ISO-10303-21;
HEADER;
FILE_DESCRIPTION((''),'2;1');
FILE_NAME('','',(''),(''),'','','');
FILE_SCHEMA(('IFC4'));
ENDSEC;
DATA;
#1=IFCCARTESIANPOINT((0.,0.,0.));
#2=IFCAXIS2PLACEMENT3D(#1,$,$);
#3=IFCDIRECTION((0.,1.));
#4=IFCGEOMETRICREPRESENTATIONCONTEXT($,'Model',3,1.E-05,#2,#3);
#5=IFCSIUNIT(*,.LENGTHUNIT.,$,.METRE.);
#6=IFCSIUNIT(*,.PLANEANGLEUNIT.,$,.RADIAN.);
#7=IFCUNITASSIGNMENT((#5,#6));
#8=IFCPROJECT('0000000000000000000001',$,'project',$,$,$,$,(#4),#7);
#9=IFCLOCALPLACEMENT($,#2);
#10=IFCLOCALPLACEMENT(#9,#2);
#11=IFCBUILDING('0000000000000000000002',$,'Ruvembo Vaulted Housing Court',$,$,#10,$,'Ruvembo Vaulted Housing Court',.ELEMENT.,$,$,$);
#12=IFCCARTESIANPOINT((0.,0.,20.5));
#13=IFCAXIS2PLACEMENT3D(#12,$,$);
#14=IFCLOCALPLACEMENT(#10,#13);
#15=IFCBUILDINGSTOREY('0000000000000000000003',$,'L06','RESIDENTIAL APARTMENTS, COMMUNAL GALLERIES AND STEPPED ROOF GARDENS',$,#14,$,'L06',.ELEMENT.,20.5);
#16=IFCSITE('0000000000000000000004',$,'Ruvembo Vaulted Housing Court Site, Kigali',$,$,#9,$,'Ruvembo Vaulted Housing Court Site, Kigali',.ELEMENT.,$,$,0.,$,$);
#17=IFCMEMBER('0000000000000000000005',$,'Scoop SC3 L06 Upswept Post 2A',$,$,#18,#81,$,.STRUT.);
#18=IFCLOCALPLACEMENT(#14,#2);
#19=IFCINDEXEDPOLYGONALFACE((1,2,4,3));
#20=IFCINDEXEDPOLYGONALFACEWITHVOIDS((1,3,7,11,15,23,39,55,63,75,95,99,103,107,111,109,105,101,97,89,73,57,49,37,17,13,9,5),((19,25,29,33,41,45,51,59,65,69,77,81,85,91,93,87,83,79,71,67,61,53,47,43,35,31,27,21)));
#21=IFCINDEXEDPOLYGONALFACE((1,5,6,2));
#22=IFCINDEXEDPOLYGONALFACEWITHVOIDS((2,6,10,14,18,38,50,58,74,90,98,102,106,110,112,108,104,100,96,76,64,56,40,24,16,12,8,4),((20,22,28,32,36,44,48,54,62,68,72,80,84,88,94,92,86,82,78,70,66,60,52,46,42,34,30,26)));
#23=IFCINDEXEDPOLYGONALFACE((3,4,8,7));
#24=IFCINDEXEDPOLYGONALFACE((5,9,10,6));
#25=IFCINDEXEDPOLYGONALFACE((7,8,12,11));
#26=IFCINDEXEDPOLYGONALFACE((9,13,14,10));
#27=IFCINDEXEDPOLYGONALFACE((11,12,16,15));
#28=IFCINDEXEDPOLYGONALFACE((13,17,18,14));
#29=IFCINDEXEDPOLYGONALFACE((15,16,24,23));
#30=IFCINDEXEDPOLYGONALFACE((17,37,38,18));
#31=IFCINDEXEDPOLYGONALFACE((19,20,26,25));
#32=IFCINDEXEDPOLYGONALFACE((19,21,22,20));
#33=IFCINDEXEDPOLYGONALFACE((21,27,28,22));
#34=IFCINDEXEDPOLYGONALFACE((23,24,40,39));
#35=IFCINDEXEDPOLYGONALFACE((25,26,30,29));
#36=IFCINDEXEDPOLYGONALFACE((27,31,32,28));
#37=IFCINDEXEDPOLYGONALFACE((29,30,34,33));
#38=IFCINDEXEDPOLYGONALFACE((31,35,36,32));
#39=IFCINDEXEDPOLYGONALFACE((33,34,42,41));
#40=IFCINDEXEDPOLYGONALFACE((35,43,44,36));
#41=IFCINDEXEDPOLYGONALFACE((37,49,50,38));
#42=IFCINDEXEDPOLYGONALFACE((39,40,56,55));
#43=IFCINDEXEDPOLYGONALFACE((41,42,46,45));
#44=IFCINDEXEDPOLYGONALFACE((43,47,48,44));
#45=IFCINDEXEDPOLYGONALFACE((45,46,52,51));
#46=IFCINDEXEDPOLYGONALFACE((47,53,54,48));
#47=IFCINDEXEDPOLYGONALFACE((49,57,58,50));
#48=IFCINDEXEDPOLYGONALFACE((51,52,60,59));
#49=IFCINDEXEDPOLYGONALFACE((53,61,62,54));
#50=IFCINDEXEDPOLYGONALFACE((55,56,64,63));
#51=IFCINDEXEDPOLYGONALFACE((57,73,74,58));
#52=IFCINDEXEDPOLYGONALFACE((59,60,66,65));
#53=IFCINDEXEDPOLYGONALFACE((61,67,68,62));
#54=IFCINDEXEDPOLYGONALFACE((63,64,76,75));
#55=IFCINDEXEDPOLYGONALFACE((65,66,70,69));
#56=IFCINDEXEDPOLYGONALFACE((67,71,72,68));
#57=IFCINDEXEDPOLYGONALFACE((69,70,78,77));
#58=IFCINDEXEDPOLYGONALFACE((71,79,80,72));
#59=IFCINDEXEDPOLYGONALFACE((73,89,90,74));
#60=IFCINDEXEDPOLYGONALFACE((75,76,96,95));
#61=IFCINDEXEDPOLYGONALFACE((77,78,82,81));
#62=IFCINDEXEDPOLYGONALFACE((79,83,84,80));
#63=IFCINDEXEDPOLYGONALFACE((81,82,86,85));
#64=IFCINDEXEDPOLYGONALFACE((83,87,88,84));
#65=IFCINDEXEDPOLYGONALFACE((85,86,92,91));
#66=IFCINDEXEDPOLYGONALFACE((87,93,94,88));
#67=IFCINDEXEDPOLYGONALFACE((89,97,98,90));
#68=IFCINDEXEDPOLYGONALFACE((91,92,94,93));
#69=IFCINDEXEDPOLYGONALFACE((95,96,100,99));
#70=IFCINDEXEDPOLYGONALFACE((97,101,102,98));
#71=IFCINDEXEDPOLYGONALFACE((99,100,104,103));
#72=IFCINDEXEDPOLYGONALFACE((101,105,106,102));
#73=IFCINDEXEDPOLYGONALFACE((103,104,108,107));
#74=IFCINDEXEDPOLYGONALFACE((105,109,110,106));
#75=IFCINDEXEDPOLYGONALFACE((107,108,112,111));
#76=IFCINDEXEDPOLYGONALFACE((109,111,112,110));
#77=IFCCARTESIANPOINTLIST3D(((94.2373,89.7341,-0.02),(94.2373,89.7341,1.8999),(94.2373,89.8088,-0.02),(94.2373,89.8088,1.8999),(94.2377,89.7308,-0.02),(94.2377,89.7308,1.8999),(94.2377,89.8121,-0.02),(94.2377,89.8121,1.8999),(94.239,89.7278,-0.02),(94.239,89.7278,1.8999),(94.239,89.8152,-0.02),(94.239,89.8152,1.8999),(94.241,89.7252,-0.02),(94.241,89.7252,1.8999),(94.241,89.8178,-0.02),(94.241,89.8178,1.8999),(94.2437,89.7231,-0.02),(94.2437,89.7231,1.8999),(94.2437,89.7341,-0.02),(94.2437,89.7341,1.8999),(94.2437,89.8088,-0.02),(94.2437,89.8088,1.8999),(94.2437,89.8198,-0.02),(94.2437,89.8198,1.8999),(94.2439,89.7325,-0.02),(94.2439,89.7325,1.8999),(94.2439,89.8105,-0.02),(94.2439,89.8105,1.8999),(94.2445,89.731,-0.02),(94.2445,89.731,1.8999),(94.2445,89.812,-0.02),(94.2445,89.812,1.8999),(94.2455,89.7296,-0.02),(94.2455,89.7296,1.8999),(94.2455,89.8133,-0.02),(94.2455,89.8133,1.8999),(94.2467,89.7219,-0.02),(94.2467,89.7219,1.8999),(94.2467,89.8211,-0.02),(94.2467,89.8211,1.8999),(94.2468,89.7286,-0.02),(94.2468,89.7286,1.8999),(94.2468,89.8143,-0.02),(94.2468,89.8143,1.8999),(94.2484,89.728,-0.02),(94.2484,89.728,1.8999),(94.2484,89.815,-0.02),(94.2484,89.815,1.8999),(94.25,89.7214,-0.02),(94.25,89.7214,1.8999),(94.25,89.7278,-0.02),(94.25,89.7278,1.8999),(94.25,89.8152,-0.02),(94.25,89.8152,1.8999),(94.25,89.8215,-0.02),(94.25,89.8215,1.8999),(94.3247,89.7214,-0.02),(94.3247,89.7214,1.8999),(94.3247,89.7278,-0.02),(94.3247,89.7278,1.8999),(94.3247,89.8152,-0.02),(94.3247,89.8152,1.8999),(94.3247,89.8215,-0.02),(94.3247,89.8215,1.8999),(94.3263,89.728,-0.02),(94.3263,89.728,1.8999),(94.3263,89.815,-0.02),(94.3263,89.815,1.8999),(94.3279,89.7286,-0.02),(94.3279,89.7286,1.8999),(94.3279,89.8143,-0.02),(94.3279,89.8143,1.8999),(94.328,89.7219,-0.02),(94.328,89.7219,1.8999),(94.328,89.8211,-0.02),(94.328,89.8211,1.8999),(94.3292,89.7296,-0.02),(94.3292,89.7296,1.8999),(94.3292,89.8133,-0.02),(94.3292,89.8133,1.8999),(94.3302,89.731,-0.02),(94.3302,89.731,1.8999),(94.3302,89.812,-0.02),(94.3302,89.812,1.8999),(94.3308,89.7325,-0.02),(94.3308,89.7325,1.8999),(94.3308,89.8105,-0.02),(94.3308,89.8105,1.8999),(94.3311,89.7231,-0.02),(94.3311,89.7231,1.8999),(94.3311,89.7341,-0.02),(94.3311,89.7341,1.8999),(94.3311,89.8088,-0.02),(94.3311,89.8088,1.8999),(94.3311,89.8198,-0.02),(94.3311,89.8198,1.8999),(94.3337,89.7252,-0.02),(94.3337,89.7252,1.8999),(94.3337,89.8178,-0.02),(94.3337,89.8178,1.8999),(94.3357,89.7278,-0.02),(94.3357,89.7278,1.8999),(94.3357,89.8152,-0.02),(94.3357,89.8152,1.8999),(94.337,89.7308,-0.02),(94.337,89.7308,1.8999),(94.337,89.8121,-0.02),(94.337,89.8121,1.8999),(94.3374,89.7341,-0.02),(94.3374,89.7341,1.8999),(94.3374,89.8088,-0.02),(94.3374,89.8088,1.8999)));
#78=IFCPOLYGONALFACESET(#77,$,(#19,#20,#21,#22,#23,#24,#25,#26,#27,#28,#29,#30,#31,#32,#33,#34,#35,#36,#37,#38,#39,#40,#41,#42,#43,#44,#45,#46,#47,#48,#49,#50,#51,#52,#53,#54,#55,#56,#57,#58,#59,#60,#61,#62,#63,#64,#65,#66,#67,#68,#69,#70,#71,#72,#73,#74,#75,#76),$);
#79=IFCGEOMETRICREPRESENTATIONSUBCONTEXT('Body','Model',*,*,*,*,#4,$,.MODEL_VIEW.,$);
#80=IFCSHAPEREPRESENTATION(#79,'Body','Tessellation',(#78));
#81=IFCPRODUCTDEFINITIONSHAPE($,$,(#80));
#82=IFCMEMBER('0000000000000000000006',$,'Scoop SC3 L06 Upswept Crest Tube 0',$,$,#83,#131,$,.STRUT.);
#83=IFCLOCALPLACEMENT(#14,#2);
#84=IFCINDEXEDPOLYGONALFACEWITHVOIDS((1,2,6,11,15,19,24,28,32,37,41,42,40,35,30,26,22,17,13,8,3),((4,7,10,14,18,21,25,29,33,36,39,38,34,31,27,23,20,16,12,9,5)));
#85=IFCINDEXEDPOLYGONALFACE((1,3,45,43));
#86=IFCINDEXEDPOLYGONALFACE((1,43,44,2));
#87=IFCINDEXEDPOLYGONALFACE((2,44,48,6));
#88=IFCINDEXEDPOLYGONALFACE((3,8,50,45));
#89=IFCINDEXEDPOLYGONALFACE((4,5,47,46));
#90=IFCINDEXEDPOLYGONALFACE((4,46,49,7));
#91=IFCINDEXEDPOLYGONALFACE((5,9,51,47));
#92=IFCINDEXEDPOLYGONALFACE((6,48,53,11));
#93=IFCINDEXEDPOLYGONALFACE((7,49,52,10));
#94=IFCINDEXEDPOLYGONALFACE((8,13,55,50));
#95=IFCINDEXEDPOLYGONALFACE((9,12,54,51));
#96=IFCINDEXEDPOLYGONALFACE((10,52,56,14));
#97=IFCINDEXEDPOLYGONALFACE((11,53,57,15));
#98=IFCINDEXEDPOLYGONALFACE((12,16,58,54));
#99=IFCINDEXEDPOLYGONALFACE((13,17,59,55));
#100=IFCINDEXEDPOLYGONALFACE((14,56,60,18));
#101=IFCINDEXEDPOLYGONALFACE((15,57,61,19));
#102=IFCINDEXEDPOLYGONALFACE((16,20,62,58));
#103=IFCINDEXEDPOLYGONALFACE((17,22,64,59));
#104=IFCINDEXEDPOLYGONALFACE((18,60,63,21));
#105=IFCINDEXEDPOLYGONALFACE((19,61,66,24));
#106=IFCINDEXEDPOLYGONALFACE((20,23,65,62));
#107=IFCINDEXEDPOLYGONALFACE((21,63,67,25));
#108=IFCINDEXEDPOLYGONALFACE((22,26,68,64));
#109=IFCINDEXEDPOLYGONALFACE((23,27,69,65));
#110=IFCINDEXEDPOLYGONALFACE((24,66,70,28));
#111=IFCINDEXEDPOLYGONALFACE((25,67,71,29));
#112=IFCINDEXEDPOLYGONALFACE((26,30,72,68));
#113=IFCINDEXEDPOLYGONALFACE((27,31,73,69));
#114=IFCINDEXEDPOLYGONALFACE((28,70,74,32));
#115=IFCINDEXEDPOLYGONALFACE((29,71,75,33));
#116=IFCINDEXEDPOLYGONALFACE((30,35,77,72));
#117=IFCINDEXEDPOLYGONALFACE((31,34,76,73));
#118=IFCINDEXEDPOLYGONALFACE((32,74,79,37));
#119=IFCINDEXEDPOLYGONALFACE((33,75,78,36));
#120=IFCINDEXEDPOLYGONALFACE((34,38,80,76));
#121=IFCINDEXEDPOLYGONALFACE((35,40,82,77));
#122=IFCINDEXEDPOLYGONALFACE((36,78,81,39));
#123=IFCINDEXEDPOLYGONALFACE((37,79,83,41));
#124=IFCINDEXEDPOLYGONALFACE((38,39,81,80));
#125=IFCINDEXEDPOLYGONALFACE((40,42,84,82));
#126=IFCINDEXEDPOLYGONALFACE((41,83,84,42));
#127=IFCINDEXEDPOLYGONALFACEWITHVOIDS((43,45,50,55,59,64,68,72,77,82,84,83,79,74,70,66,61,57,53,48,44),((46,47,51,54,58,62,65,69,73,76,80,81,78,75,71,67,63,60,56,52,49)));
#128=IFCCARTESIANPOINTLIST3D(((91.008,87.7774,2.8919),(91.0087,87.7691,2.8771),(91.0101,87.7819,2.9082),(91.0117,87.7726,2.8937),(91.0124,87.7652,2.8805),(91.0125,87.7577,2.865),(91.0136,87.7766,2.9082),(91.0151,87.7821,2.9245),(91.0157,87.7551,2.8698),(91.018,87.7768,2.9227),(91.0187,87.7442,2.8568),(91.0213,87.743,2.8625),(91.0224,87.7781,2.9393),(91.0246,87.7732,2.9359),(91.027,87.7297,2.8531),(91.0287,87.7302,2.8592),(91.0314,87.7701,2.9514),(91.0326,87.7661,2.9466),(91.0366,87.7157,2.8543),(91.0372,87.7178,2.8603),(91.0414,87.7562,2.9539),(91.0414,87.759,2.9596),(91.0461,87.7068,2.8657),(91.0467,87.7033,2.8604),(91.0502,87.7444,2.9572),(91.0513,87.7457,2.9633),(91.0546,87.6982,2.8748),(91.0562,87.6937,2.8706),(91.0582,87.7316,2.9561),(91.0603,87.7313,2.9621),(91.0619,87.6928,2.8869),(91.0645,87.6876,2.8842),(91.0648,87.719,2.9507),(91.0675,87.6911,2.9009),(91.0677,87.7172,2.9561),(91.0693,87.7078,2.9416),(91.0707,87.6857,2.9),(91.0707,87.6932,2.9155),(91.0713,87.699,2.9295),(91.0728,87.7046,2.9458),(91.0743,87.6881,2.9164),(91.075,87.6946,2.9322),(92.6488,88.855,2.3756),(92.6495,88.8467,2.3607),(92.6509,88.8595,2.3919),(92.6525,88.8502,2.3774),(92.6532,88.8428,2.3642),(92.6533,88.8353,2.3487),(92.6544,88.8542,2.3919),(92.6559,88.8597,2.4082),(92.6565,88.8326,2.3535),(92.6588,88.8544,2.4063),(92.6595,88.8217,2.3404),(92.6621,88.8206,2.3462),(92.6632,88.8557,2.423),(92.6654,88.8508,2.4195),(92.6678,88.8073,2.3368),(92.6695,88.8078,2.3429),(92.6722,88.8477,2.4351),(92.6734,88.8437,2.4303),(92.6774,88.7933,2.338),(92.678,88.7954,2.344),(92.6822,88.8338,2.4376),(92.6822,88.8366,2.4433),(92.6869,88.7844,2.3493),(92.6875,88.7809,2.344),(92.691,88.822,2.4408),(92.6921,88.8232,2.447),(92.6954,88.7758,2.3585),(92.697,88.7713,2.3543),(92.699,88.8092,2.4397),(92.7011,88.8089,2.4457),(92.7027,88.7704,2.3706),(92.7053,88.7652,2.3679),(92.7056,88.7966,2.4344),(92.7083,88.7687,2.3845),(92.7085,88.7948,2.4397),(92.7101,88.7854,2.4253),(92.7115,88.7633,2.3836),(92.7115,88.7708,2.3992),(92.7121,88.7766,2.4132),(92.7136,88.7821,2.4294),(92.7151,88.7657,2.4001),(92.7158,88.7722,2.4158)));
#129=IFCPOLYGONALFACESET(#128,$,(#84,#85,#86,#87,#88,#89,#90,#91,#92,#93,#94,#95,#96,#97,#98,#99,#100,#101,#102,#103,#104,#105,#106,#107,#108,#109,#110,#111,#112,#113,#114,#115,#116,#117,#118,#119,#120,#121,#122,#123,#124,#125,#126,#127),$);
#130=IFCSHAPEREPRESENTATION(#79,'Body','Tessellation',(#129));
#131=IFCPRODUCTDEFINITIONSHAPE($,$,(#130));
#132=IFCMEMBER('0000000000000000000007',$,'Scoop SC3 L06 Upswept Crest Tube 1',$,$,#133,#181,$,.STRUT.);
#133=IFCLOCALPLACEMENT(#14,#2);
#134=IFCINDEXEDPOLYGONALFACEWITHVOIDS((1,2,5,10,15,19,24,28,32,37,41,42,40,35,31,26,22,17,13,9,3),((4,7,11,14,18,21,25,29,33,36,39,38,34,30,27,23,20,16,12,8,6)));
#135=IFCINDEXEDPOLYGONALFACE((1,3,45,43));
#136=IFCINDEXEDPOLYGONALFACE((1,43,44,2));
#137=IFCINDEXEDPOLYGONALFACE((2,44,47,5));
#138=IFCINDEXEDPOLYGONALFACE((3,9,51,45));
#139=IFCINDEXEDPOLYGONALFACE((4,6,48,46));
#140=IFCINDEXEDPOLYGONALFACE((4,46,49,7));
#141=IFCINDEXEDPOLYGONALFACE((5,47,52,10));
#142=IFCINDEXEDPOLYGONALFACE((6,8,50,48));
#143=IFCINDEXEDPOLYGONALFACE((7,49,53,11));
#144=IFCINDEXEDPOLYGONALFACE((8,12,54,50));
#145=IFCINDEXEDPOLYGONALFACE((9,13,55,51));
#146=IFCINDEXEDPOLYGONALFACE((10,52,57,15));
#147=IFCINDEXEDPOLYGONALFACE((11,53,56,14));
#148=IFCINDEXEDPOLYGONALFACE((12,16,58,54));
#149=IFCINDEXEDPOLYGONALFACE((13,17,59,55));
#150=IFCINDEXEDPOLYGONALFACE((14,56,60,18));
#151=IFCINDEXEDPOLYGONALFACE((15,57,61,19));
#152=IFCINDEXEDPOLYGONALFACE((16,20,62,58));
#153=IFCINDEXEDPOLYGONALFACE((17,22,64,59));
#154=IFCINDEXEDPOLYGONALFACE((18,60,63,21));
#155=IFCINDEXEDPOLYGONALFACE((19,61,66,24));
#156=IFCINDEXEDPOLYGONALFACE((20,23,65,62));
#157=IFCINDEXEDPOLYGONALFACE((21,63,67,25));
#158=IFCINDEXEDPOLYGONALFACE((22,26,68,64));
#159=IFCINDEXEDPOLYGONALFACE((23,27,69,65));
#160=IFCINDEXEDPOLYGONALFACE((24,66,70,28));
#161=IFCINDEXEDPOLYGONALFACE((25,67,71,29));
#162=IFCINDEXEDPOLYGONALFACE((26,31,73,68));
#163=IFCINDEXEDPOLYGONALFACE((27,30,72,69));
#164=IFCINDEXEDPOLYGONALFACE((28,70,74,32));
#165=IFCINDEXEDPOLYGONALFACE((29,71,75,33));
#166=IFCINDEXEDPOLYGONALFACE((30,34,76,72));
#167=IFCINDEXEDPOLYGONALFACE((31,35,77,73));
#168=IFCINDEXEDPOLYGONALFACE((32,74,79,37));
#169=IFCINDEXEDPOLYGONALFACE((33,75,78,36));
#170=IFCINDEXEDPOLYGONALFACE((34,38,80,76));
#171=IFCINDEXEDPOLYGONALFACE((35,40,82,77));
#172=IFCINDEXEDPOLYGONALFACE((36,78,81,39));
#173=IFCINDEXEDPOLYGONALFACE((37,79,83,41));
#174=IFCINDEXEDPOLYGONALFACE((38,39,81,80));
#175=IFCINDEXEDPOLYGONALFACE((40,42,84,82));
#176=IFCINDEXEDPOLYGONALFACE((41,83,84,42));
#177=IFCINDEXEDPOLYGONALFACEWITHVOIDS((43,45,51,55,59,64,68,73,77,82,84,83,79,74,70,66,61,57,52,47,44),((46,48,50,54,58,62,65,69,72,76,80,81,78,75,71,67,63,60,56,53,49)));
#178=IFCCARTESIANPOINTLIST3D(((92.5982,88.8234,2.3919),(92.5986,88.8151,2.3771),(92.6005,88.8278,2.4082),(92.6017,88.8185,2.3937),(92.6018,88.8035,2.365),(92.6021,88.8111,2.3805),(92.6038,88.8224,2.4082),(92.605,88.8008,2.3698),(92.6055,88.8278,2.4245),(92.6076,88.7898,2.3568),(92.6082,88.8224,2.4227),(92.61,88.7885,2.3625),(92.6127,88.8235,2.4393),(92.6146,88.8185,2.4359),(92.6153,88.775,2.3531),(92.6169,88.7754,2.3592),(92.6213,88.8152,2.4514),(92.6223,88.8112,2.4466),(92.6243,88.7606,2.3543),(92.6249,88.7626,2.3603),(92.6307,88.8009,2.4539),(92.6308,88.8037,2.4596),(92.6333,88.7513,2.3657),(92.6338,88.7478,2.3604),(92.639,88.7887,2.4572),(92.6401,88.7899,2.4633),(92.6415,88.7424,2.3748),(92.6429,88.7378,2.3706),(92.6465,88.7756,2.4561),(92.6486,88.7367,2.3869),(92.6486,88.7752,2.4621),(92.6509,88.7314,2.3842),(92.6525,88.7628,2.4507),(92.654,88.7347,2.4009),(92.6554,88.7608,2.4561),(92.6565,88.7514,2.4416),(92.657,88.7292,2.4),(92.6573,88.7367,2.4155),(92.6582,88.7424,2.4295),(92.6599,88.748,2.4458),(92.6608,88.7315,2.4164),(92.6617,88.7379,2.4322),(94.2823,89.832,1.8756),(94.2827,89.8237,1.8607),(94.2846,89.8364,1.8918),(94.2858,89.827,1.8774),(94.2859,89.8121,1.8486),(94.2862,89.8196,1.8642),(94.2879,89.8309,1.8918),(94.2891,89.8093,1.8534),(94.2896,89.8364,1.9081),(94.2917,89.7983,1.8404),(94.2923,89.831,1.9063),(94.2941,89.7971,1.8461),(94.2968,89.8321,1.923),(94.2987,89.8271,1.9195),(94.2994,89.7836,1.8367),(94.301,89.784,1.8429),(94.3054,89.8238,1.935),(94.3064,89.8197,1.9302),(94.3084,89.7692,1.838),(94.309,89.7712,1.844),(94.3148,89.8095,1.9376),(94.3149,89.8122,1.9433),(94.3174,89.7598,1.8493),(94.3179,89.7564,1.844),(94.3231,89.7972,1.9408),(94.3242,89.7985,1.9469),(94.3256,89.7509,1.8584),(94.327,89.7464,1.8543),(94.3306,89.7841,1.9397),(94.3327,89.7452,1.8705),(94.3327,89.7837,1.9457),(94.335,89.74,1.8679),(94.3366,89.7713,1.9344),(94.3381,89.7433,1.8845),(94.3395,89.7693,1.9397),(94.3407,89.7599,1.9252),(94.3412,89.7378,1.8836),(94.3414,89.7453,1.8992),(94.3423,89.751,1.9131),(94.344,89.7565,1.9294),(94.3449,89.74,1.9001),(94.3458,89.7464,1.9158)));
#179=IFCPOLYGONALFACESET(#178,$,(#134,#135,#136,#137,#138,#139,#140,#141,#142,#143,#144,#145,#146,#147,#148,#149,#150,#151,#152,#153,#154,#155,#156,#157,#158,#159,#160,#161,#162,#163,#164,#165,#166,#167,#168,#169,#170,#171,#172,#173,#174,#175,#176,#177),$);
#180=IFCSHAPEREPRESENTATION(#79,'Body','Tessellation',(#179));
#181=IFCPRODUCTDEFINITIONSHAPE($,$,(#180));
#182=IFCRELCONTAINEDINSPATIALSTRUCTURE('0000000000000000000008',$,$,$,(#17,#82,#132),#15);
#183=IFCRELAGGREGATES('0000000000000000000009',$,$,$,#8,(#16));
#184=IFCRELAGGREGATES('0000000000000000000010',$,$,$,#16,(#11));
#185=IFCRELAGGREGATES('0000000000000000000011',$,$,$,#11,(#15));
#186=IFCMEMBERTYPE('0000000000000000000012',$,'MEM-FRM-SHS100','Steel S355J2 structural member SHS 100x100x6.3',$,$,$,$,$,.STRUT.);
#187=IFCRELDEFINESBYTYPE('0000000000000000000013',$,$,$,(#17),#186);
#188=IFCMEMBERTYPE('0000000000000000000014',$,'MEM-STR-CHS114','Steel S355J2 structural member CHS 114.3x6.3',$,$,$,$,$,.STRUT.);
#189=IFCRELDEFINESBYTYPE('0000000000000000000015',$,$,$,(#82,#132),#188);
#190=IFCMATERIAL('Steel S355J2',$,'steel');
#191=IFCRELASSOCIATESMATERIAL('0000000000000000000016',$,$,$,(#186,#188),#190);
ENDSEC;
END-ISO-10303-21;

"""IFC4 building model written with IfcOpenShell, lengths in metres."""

from ifc_helpers import new_model, si_unit, direction, frame, origin, origin_2d, place, context, subcontext, project, spatial, hollow_rectangle, hollow_circle, extrude, material, material_profile, profile_set, type_object, element, save


model = new_model("IFC4")

# Units and contexts
model_context = context("Model", 3, precision=1e-05, world=origin(), true_north=direction((0.0, 1.0)))
body_context = subcontext(model_context, "Body", "Model", "MODEL_VIEW")
ifc_project = project(units=[si_unit("LENGTHUNIT", "METRE"), si_unit("PLANEANGLEUNIT", "RADIAN")], contexts=[model_context])

# Site, building, storey
site_placement = place(None, origin())
site = spatial("IfcSite", under=ifc_project, at=site_placement, Name="Ruvembo Vaulted Housing Court Site, Kigali", LongName="Ruvembo Vaulted Housing Court Site, Kigali", CompositionType="ELEMENT", RefElevation=0.0)
building_placement = place(site_placement, origin())
building = spatial("IfcBuilding", under=site, at=building_placement, Name="Ruvembo Vaulted Housing Court", LongName="Ruvembo Vaulted Housing Court", CompositionType="ELEMENT")
storey_placement = place(building_placement, frame((0.0, 0.0, 20.5)))
storey = spatial("IfcBuildingStorey", under=building, at=storey_placement, Name="L06", Description="RESIDENTIAL APARTMENTS, COMMUNAL GALLERIES AND STEPPED ROOF GARDENS", LongName="L06", CompositionType="ELEMENT", Elevation=20.5)

# Members
ifc_material_1 = material(Name="Steel S355J2", Category="steel")
ifc_material_profile_1 = material_profile(ifc_material_1, hollow_rectangle(XDim=0.1001, YDim=0.1001, WallThickness=0.0063, InnerFilletRadius=0.0063, OuterFilletRadius=0.0127, at=origin_2d()), Name="SHS 100x100x6.3")
ifc_profile_set_1 = profile_set([ifc_material_profile_1], Name="Steel S355J2")
member_type_1 = type_object("IfcMemberType", Name="MEM-FRM-SHS100", Description="Steel S355J2 structural member SHS 100x100x6.3", PredefinedType="STRUT", material=ifc_profile_set_1)
member_1_placement = place(storey_placement, frame((94.2874, 89.7715, -0.02), z_axis=(0.0, 0.0, 1.0), x_axis=(1.0, 0.0, 0.0)))
element("IfcMember", 1, at=member_1_placement, inside=storey, type_object=member_type_1, Name="Scoop SC3 L06 Upswept Post 2A", PredefinedType="STRUT", context=body_context, shape_type="SweptSolid", body=[
    extrude(hollow_rectangle(XDim=0.1001, YDim=0.1001, WallThickness=0.0063, InnerFilletRadius=0.0063, OuterFilletRadius=0.0127, at=origin_2d()), origin(), (0.0, 0.0, 1.0), 1.9199),
])
ifc_material_profile_2 = material_profile(ifc_material_1, hollow_circle(Radius=0.0571, WallThickness=0.0063, at=origin_2d()), Name="CHS 114.3x6.3")
ifc_profile_set_2 = profile_set([ifc_material_profile_2], Name="Steel S355J2")
member_type_2 = type_object("IfcMemberType", Name="MEM-STR-CHS114", Description="Steel S355J2 structural member CHS 114.3x6.3", PredefinedType="STRUT", material=ifc_profile_set_2)
for number, where, z_axis, x_axis, name in (
    (2, (91.0415, 87.7341, 2.9082), (0.808361, 0.530889, -0.254379), (-0.548947, 0.835857, 0.0), "Scoop SC3 L06 Upswept Crest Tube 0"),
    (3, (92.6299, 88.7788, 2.4082), (0.829696, 0.496879, -0.254394), (-0.513782, 0.857921, 0.0), "Scoop SC3 L06 Upswept Crest Tube 1"),
):
    element("IfcMember", number, at=place(storey_placement, frame(where, z_axis=z_axis, x_axis=x_axis)), inside=storey, type_object=member_type_2, Name=name, PredefinedType="STRUT", context=body_context, shape_type="SweptSolid", body=[
        extrude(hollow_circle(Radius=0.0571, WallThickness=0.0063, at=origin_2d()), origin(), (0.0, 0.0, 1.0), 2.0298),
    ])

save(model, "model.ifc")
